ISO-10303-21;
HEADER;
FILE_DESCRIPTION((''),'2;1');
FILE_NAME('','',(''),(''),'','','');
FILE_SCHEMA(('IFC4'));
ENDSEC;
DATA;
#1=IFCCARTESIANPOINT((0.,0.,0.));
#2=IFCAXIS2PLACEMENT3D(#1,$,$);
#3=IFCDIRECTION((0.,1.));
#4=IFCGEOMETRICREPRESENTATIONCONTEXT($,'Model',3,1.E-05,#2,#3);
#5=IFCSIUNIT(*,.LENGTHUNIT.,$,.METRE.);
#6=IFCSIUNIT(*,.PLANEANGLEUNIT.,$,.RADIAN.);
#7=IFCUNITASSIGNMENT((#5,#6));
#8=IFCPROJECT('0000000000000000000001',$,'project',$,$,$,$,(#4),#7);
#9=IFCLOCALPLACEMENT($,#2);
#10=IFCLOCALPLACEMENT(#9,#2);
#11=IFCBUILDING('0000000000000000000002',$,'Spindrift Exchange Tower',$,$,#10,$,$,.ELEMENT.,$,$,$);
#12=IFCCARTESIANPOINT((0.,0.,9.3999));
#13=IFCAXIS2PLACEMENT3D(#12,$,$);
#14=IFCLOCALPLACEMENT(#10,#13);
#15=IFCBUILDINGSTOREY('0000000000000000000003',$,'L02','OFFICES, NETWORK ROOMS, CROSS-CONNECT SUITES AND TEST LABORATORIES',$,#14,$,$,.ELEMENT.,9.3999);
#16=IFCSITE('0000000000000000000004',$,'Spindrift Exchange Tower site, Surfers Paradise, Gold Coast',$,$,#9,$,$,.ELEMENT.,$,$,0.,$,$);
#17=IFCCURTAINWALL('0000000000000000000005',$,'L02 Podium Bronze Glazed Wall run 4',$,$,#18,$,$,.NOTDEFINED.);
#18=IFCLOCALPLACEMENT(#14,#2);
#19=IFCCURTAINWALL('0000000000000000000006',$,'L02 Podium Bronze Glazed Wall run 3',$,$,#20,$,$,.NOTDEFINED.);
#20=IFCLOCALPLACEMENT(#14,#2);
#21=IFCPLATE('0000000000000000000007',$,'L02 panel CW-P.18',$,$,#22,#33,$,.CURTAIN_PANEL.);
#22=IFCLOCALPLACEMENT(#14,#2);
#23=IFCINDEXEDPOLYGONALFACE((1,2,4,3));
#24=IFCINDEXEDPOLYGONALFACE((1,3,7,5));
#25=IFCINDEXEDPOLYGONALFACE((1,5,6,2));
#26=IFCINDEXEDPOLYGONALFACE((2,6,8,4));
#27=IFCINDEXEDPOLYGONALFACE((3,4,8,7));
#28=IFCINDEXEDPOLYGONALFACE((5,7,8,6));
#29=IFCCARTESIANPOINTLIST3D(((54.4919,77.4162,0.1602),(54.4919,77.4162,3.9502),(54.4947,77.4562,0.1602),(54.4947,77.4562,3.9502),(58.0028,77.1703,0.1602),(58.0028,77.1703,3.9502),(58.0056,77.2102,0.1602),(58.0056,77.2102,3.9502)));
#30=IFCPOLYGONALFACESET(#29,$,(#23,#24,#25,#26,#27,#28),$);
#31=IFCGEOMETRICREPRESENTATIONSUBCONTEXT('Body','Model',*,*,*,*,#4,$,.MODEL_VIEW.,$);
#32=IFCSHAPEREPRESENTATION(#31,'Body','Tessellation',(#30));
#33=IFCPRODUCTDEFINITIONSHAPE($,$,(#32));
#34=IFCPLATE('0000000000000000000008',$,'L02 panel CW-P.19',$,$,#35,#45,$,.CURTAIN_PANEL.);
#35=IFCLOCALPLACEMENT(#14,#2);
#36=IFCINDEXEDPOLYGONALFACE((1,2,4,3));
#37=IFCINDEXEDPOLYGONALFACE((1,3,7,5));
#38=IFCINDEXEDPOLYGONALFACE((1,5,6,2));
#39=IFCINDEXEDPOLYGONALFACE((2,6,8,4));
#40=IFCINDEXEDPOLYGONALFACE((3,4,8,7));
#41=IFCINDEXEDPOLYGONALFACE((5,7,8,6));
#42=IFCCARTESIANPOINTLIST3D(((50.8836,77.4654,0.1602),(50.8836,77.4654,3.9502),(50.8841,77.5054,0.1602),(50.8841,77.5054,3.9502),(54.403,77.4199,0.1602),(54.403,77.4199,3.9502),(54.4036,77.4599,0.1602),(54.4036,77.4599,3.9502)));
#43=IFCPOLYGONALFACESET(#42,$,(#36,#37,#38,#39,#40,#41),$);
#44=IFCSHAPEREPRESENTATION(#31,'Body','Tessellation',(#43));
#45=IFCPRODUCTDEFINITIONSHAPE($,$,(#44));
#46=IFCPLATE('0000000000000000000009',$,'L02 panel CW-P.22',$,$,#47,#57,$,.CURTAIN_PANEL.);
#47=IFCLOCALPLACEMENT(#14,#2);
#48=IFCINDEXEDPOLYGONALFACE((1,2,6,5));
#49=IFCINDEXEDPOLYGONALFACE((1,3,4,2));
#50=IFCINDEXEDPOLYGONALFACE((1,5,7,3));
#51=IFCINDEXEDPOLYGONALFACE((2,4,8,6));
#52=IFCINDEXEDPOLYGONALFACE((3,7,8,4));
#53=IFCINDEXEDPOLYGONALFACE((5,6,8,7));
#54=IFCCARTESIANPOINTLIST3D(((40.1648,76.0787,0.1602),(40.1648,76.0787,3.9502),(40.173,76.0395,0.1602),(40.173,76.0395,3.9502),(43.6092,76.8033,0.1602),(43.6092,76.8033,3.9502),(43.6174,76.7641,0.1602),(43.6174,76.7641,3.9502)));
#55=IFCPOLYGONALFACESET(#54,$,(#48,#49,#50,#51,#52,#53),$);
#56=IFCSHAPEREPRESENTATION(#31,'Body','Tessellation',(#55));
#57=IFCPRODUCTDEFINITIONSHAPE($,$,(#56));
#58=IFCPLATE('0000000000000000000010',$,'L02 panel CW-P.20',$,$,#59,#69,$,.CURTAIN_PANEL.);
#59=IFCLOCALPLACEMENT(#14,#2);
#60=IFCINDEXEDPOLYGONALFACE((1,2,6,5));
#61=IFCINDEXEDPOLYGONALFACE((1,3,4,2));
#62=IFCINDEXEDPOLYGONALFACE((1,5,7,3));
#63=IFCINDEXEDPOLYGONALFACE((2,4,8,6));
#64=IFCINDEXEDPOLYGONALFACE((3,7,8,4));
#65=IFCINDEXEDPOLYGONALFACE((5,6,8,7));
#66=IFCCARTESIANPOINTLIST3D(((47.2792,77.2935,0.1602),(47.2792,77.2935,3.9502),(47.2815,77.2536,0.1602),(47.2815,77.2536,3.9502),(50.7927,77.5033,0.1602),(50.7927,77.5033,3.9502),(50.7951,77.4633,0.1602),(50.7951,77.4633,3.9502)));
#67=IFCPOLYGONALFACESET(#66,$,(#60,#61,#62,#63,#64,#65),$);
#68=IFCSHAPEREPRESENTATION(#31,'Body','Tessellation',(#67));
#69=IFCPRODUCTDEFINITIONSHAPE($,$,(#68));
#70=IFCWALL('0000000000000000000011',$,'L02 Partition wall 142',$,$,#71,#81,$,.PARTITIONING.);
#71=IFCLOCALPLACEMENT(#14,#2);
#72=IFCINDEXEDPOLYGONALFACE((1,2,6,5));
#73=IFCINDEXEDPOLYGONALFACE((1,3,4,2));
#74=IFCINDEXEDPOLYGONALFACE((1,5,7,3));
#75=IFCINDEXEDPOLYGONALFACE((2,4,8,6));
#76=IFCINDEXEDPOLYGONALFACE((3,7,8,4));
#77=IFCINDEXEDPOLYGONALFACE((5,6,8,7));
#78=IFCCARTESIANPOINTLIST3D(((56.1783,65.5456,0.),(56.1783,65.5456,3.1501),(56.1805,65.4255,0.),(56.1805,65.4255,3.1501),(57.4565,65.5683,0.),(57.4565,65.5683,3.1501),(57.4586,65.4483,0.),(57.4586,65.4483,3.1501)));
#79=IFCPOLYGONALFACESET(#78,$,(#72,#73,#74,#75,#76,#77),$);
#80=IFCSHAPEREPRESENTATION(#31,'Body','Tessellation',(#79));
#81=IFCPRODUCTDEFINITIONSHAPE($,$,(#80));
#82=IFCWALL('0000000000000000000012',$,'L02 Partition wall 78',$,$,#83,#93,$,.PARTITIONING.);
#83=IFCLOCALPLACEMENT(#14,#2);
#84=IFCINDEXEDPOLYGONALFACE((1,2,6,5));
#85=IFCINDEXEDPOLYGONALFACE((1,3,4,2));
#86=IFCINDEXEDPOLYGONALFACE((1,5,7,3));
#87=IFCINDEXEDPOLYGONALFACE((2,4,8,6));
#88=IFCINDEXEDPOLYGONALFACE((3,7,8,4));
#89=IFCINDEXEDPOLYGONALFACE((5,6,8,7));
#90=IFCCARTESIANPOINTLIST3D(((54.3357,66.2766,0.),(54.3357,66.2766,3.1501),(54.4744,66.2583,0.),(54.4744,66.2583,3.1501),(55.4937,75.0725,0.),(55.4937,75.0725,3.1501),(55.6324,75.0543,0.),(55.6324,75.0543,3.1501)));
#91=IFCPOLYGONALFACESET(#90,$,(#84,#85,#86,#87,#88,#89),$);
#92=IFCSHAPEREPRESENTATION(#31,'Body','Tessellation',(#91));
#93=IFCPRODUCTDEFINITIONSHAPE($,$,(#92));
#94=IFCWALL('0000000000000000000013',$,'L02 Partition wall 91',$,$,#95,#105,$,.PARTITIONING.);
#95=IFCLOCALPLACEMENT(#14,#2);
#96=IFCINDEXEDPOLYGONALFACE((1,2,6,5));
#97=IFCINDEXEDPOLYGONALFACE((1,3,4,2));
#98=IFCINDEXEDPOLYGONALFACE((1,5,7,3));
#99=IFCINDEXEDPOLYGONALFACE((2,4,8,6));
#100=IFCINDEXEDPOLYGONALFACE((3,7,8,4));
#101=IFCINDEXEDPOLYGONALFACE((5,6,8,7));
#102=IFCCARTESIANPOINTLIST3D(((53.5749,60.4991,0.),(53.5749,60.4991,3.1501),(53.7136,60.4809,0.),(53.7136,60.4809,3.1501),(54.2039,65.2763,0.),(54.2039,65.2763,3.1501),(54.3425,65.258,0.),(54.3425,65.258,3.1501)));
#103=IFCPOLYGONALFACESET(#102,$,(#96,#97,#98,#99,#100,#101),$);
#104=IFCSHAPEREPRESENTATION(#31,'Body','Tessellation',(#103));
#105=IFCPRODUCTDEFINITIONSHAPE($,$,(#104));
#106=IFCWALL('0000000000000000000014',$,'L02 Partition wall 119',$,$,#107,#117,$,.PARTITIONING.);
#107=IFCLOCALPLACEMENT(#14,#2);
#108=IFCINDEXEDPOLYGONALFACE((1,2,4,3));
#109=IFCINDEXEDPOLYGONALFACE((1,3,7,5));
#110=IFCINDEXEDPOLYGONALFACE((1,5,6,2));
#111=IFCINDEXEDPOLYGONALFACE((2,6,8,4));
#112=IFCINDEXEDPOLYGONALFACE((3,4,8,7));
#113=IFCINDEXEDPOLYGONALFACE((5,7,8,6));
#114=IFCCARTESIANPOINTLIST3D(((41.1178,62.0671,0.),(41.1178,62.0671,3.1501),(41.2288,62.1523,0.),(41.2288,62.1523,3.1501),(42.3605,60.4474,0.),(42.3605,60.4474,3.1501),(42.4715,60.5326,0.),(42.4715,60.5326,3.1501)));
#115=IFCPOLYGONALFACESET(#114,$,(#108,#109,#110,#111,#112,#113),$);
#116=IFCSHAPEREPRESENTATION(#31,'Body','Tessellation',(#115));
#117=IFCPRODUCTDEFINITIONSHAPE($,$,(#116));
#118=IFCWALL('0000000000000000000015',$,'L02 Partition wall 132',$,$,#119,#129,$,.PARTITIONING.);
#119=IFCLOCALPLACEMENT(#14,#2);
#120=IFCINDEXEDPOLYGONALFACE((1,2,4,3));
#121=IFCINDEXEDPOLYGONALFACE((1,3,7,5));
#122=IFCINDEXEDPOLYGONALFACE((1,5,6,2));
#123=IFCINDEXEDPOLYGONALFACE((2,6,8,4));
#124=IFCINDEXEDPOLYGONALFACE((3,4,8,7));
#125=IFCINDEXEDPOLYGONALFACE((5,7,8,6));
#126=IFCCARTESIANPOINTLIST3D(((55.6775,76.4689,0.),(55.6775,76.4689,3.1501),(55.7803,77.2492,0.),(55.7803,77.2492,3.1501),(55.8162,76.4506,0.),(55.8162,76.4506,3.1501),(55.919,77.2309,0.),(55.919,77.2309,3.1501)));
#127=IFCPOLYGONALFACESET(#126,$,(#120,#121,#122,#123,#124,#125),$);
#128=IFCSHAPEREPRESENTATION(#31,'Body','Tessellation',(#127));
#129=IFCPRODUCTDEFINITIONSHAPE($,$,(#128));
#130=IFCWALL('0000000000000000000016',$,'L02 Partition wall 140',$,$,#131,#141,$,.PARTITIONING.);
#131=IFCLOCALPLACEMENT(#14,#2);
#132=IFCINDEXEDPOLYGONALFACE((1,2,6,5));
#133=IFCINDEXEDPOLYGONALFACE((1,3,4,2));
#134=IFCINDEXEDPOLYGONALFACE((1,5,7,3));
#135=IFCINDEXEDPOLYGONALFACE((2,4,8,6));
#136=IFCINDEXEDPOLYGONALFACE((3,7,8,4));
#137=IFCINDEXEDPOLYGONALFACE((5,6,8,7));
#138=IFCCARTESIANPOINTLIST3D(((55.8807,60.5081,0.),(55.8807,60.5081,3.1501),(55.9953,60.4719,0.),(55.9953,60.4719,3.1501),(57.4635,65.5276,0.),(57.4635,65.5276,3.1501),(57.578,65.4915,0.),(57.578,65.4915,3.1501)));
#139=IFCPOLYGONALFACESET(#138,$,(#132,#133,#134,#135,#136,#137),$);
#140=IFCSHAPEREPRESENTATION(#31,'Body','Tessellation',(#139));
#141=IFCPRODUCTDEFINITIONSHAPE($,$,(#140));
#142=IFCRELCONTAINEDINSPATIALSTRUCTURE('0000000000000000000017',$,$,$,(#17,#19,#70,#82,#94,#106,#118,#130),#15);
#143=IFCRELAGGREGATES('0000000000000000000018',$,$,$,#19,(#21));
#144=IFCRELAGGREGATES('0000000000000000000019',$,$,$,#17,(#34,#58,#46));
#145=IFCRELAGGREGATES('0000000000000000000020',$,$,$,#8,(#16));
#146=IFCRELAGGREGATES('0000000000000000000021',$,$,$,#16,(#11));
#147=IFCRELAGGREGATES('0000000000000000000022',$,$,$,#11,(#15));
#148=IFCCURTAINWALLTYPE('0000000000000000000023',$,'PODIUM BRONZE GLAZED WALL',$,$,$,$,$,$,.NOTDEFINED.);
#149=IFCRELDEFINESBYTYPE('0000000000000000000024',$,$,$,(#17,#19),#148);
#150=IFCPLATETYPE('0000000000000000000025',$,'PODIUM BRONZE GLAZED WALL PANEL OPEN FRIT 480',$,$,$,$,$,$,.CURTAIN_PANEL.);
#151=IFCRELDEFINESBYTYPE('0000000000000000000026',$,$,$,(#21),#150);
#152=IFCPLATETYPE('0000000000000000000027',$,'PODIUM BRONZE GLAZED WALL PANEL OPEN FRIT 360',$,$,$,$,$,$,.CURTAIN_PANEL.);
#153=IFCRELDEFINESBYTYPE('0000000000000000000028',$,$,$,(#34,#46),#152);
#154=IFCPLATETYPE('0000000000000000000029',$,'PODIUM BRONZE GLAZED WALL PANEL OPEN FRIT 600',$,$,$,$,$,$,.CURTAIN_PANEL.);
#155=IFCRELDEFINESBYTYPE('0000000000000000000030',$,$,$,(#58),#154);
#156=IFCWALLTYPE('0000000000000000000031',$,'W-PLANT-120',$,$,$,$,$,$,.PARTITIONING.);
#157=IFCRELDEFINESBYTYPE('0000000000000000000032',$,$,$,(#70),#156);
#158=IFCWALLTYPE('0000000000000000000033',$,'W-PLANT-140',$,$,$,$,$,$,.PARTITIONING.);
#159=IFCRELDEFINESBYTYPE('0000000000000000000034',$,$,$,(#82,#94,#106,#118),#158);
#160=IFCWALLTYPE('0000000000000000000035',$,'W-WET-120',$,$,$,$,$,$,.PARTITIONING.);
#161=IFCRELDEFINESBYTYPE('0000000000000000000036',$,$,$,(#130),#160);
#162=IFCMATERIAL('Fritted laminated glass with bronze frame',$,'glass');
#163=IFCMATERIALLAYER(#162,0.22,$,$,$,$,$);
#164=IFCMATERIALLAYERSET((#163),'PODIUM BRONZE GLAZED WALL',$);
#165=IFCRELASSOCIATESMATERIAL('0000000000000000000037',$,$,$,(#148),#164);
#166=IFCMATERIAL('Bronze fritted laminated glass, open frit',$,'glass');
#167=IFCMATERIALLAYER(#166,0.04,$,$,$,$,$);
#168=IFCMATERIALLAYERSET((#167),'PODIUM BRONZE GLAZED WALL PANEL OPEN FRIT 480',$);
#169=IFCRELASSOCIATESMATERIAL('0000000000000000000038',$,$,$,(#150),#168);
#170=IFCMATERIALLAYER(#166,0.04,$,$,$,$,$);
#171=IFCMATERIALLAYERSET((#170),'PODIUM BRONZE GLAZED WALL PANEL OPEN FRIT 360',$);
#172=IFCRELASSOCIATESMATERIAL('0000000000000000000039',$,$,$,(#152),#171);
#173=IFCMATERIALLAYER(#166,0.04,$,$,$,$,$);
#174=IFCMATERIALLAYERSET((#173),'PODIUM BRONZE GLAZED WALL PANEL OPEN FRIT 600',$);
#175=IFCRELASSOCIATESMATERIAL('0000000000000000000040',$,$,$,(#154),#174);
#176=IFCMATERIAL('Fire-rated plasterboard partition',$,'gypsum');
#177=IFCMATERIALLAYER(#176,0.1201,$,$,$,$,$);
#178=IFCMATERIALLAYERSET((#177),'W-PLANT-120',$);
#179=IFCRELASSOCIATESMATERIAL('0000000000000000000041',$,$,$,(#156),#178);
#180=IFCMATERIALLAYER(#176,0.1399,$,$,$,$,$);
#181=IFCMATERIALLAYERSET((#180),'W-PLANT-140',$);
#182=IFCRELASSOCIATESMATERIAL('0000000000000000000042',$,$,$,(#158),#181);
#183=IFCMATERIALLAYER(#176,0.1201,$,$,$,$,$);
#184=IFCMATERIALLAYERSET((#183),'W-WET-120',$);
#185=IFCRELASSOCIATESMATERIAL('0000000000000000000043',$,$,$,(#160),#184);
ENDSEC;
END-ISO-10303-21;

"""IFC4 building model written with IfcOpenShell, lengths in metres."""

from ifc_helpers import new_model, si_unit, direction, frame, frame_2d, origin, origin_2d, place, context, subcontext, project, spatial, rectangle, extrude, source, transform, mapped, material, layer, layer_set, type_object, element, aggregate, save


model = new_model("IFC4")

# Units and contexts
model_context = context("Model", 3, precision=1e-05, world=origin(), true_north=direction((0.0, 1.0)))
body_context = subcontext(model_context, "Body", "Model", "MODEL_VIEW")
ifc_project = project(units=[si_unit("LENGTHUNIT", "METRE"), si_unit("PLANEANGLEUNIT", "RADIAN")], contexts=[model_context])

# Site, building, storey
site_placement = place(None, origin())
site = spatial("IfcSite", under=ifc_project, at=site_placement, Name="Spindrift Exchange Tower site, Surfers Paradise, Gold Coast", CompositionType="ELEMENT", RefElevation=0.0)
building_placement = place(site_placement, origin())
building = spatial("IfcBuilding", under=site, at=building_placement, Name="Spindrift Exchange Tower", CompositionType="ELEMENT")
storey_placement = place(building_placement, frame((0.0, 0.0, 9.3999)))
storey = spatial("IfcBuildingStorey", under=building, at=storey_placement, Name="L02", Description="OFFICES, NETWORK ROOMS, CROSS-CONNECT SUITES AND TEST LABORATORIES", CompositionType="ELEMENT", Elevation=9.3999)

# Curtain wall
ifc_material_1 = material(Name="Fritted laminated glass with bronze frame", Category="glass")
ifc_layer_1 = layer(ifc_material_1, 0.22)
ifc_layer_set_1 = layer_set([ifc_layer_1], Name="PODIUM BRONZE GLAZED WALL")
curtain_wall_type = type_object("IfcCurtainWallType", Name="PODIUM BRONZE GLAZED WALL", PredefinedType="NOTDEFINED", material=ifc_layer_set_1)
curtain_wall_1_placement = place(storey_placement, origin())
curtain_wall_1 = element("IfcCurtainWall", 1, at=curtain_wall_1_placement, inside=storey, type_object=curtain_wall_type, Name="L02 Podium Bronze Glazed Wall run 4", PredefinedType="NOTDEFINED")

# Curtain wall
curtain_wall_2_placement = place(storey_placement, origin())
curtain_wall_2 = element("IfcCurtainWall", 2, at=curtain_wall_2_placement, inside=storey, type_object=curtain_wall_type, Name="L02 Podium Bronze Glazed Wall run 3", PredefinedType="NOTDEFINED")

# Plates
ifc_material_2 = material(Name="Bronze fritted laminated glass, open frit", Category="glass")
ifc_layer_2 = layer(ifc_material_2, 0.04)
ifc_layer_set_2 = layer_set([ifc_layer_2], Name="PODIUM BRONZE GLAZED WALL PANEL OPEN FRIT 480")
plate_type_1 = type_object("IfcPlateType", Name="PODIUM BRONZE GLAZED WALL PANEL OPEN FRIT 480", PredefinedType="CURTAIN_PANEL", material=ifc_layer_set_2)
shared_shape_1 = source(origin(), body_context, "Body", "SweptSolid", [
    extrude(rectangle(XDim=3.5195, YDim=0.04, at=origin_2d()), origin(), (0.0, 0.0, 1.0), 3.79),
])
plate_1_placement = place(storey_placement, frame((56.2488, 77.3132, 0.1602), z_axis=(0.0, 0.0, 1.0), x_axis=(-0.997556, 0.06987, 0.0)))
plate_1 = element("IfcPlate", 3, at=plate_1_placement, type_object=plate_type_1, Name="L02 panel CW-P.18", PredefinedType="CURTAIN_PANEL", context=body_context, shape_type="MappedRepresentation", body=[
    mapped(shared_shape_1, transform((0.0, 0.0, 0.0), scale=1.0)),
])
aggregate(curtain_wall_2, [plate_1])
ifc_layer_3 = layer(ifc_material_2, 0.04)
ifc_layer_set_3 = layer_set([ifc_layer_3], Name="PODIUM BRONZE GLAZED WALL PANEL OPEN FRIT 360")
plate_type_2 = type_object("IfcPlateType", Name="PODIUM BRONZE GLAZED WALL PANEL OPEN FRIT 360", PredefinedType="CURTAIN_PANEL", material=ifc_layer_set_3)
shared_shape_2 = source(origin(), body_context, "Body", "SweptSolid", [
    extrude(rectangle(XDim=3.5198, YDim=0.04, at=origin_2d()), origin(), (0.0, 0.0, 1.0), 3.79),
])
plate_2_placement = place(storey_placement, frame((52.6436, 77.4626, 0.1602), z_axis=(0.0, 0.0, 1.0), x_axis=(-0.999916, 0.012938, 0.0)))
plate_2 = element("IfcPlate", 4, at=plate_2_placement, type_object=plate_type_2, Name="L02 panel CW-P.19", PredefinedType="CURTAIN_PANEL", context=body_context, shape_type="MappedRepresentation", body=[
    mapped(shared_shape_2, transform((0.0, 0.0, 0.0), scale=1.0)),
])
plate_3_placement = place(storey_placement, frame((41.8911, 76.4214, 0.1602), z_axis=(0.0, 0.0, 1.0), x_axis=(-0.978581, -0.205861, 0.0)))
plate_3 = element("IfcPlate", 5, at=plate_3_placement, type_object=plate_type_2, Name="L02 panel CW-P.22", PredefinedType="CURTAIN_PANEL", context=body_context, shape_type="MappedRepresentation", body=[
    mapped(shared_shape_2, transform((0.0, 0.0, 0.0), scale=1.0)),
])
ifc_layer_4 = layer(ifc_material_2, 0.04)
ifc_layer_set_4 = layer_set([ifc_layer_4], Name="PODIUM BRONZE GLAZED WALL PANEL OPEN FRIT 600")
plate_type_3 = type_object("IfcPlateType", Name="PODIUM BRONZE GLAZED WALL PANEL OPEN FRIT 600", PredefinedType="CURTAIN_PANEL", material=ifc_layer_set_4)
shared_shape_3 = source(origin(), body_context, "Body", "SweptSolid", [
    extrude(rectangle(XDim=3.5198, YDim=0.04, at=origin_2d()), origin(), (0.0, 0.0, 1.0), 3.79),
])
plate_4_placement = place(storey_placement, frame((49.0371, 77.3784, 0.1602), z_axis=(0.0, 0.0, 1.0), x_axis=(-0.998223, -0.059587, 0.0)))
plate_4 = element("IfcPlate", 6, at=plate_4_placement, type_object=plate_type_3, Name="L02 panel CW-P.20", PredefinedType="CURTAIN_PANEL", context=body_context, shape_type="MappedRepresentation", body=[
    mapped(shared_shape_3, transform((0.0, 0.0, 0.0), scale=1.0)),
])
aggregate(curtain_wall_1, [plate_2, plate_4, plate_3])

# Walls
ifc_material_3 = material(Name="Fire-rated plasterboard partition", Category="gypsum")
ifc_layer_5 = layer(ifc_material_3, 0.1201)
ifc_layer_set_5 = layer_set([ifc_layer_5], Name="W-PLANT-120")
wall_type_1 = type_object("IfcWallType", Name="W-PLANT-120", PredefinedType="PARTITIONING", material=ifc_layer_set_5)
wall_1_placement = place(storey_placement, frame((57.4575, 65.5083, 0.0), z_axis=(0.0, 0.0, 1.0), x_axis=(-0.999842, -0.017762, 0.0)))
element("IfcWall", 7, at=wall_1_placement, inside=storey, type_object=wall_type_1, Name="L02 Partition wall 142", PredefinedType="PARTITIONING", context=body_context, shape_type="SweptSolid", body=[
    extrude(rectangle(XDim=1.2783, YDim=0.1201, at=frame_2d((0.6392, 0.0))), origin(), (0.0, 0.0, 1.0), 3.1501),
])
ifc_layer_6 = layer(ifc_material_3, 0.1399)
ifc_layer_set_6 = layer_set([ifc_layer_6], Name="W-PLANT-140")
wall_type_2 = type_object("IfcWallType", Name="W-PLANT-140", PredefinedType="PARTITIONING", material=ifc_layer_set_6)
wall_2_placement = place(storey_placement, frame((54.405, 66.2673, 0.0), z_axis=(0.0, 0.0, 1.0), x_axis=(0.130521, 0.991445, 0.0)))
element("IfcWall", 8, at=wall_2_placement, inside=storey, type_object=wall_type_2, Name="L02 Partition wall 78", PredefinedType="PARTITIONING", context=body_context, shape_type="SweptSolid", body=[
    extrude(rectangle(XDim=8.8718, YDim=0.1399, at=frame_2d((4.436, 0.0))), origin(), (0.0, 0.0, 1.0), 3.1501),
])
wall_3_placement = place(storey_placement, frame((53.6443, 60.49, 0.0), z_axis=(0.0, 0.0, 1.0), x_axis=(0.130524, 0.991445, 0.0)))
element("IfcWall", 9, at=wall_3_placement, inside=storey, type_object=wall_type_2, Name="L02 Partition wall 91", PredefinedType="PARTITIONING", context=body_context, shape_type="SweptSolid", body=[
    extrude(rectangle(XDim=4.8184, YDim=0.1399, at=frame_2d((2.4092, 0.0))), origin(), (0.0, 0.0, 1.0), 3.1501),
])
wall_4_placement = place(storey_placement, frame((42.416, 60.49, 0.0), z_axis=(0.0, 0.0, 1.0), x_axis=(-0.608728, 0.793379, 0.0)))
element("IfcWall", 10, at=wall_4_placement, inside=storey, type_object=wall_type_2, Name="L02 Partition wall 119", PredefinedType="PARTITIONING", context=body_context, shape_type="SweptSolid", body=[
    extrude(rectangle(XDim=2.0415, YDim=0.1399, at=frame_2d((1.0208, 0.0))), origin(), (0.0, 0.0, 1.0), 3.1501),
])
wall_5_placement = place(storey_placement, frame((55.7468, 76.4597, 0.0), z_axis=(0.0, 0.0, 1.0), x_axis=(0.130599, 0.991435, 0.0)))
element("IfcWall", 11, at=wall_5_placement, inside=storey, type_object=wall_type_2, Name="L02 Partition wall 132", PredefinedType="PARTITIONING", context=body_context, shape_type="SweptSolid", body=[
    extrude(rectangle(XDim=0.7871, YDim=0.1399, at=frame_2d((0.3936, 0.0))), origin(), (0.0, 0.0, 1.0), 3.1501),
])
ifc_layer_7 = layer(ifc_material_3, 0.1201)
ifc_layer_set_7 = layer_set([ifc_layer_7], Name="W-WET-120")
wall_type_3 = type_object("IfcWallType", Name="W-WET-120", PredefinedType="PARTITIONING", material=ifc_layer_set_7)
wall_6_placement = place(storey_placement, frame((55.938, 60.49, 0.0), z_axis=(0.0, 0.0, 1.0), x_axis=(0.300725, 0.953711, 0.0)))
element("IfcWall", 12, at=wall_6_placement, inside=storey, type_object=wall_type_3, Name="L02 Partition wall 140", PredefinedType="PARTITIONING", context=body_context, shape_type="SweptSolid", body=[
    extrude(rectangle(XDim=5.2632, YDim=0.1201, at=frame_2d((2.6316, 0.0))), origin(), (0.0, 0.0, 1.0), 3.1501),
])

save(model, "model.ifc")
